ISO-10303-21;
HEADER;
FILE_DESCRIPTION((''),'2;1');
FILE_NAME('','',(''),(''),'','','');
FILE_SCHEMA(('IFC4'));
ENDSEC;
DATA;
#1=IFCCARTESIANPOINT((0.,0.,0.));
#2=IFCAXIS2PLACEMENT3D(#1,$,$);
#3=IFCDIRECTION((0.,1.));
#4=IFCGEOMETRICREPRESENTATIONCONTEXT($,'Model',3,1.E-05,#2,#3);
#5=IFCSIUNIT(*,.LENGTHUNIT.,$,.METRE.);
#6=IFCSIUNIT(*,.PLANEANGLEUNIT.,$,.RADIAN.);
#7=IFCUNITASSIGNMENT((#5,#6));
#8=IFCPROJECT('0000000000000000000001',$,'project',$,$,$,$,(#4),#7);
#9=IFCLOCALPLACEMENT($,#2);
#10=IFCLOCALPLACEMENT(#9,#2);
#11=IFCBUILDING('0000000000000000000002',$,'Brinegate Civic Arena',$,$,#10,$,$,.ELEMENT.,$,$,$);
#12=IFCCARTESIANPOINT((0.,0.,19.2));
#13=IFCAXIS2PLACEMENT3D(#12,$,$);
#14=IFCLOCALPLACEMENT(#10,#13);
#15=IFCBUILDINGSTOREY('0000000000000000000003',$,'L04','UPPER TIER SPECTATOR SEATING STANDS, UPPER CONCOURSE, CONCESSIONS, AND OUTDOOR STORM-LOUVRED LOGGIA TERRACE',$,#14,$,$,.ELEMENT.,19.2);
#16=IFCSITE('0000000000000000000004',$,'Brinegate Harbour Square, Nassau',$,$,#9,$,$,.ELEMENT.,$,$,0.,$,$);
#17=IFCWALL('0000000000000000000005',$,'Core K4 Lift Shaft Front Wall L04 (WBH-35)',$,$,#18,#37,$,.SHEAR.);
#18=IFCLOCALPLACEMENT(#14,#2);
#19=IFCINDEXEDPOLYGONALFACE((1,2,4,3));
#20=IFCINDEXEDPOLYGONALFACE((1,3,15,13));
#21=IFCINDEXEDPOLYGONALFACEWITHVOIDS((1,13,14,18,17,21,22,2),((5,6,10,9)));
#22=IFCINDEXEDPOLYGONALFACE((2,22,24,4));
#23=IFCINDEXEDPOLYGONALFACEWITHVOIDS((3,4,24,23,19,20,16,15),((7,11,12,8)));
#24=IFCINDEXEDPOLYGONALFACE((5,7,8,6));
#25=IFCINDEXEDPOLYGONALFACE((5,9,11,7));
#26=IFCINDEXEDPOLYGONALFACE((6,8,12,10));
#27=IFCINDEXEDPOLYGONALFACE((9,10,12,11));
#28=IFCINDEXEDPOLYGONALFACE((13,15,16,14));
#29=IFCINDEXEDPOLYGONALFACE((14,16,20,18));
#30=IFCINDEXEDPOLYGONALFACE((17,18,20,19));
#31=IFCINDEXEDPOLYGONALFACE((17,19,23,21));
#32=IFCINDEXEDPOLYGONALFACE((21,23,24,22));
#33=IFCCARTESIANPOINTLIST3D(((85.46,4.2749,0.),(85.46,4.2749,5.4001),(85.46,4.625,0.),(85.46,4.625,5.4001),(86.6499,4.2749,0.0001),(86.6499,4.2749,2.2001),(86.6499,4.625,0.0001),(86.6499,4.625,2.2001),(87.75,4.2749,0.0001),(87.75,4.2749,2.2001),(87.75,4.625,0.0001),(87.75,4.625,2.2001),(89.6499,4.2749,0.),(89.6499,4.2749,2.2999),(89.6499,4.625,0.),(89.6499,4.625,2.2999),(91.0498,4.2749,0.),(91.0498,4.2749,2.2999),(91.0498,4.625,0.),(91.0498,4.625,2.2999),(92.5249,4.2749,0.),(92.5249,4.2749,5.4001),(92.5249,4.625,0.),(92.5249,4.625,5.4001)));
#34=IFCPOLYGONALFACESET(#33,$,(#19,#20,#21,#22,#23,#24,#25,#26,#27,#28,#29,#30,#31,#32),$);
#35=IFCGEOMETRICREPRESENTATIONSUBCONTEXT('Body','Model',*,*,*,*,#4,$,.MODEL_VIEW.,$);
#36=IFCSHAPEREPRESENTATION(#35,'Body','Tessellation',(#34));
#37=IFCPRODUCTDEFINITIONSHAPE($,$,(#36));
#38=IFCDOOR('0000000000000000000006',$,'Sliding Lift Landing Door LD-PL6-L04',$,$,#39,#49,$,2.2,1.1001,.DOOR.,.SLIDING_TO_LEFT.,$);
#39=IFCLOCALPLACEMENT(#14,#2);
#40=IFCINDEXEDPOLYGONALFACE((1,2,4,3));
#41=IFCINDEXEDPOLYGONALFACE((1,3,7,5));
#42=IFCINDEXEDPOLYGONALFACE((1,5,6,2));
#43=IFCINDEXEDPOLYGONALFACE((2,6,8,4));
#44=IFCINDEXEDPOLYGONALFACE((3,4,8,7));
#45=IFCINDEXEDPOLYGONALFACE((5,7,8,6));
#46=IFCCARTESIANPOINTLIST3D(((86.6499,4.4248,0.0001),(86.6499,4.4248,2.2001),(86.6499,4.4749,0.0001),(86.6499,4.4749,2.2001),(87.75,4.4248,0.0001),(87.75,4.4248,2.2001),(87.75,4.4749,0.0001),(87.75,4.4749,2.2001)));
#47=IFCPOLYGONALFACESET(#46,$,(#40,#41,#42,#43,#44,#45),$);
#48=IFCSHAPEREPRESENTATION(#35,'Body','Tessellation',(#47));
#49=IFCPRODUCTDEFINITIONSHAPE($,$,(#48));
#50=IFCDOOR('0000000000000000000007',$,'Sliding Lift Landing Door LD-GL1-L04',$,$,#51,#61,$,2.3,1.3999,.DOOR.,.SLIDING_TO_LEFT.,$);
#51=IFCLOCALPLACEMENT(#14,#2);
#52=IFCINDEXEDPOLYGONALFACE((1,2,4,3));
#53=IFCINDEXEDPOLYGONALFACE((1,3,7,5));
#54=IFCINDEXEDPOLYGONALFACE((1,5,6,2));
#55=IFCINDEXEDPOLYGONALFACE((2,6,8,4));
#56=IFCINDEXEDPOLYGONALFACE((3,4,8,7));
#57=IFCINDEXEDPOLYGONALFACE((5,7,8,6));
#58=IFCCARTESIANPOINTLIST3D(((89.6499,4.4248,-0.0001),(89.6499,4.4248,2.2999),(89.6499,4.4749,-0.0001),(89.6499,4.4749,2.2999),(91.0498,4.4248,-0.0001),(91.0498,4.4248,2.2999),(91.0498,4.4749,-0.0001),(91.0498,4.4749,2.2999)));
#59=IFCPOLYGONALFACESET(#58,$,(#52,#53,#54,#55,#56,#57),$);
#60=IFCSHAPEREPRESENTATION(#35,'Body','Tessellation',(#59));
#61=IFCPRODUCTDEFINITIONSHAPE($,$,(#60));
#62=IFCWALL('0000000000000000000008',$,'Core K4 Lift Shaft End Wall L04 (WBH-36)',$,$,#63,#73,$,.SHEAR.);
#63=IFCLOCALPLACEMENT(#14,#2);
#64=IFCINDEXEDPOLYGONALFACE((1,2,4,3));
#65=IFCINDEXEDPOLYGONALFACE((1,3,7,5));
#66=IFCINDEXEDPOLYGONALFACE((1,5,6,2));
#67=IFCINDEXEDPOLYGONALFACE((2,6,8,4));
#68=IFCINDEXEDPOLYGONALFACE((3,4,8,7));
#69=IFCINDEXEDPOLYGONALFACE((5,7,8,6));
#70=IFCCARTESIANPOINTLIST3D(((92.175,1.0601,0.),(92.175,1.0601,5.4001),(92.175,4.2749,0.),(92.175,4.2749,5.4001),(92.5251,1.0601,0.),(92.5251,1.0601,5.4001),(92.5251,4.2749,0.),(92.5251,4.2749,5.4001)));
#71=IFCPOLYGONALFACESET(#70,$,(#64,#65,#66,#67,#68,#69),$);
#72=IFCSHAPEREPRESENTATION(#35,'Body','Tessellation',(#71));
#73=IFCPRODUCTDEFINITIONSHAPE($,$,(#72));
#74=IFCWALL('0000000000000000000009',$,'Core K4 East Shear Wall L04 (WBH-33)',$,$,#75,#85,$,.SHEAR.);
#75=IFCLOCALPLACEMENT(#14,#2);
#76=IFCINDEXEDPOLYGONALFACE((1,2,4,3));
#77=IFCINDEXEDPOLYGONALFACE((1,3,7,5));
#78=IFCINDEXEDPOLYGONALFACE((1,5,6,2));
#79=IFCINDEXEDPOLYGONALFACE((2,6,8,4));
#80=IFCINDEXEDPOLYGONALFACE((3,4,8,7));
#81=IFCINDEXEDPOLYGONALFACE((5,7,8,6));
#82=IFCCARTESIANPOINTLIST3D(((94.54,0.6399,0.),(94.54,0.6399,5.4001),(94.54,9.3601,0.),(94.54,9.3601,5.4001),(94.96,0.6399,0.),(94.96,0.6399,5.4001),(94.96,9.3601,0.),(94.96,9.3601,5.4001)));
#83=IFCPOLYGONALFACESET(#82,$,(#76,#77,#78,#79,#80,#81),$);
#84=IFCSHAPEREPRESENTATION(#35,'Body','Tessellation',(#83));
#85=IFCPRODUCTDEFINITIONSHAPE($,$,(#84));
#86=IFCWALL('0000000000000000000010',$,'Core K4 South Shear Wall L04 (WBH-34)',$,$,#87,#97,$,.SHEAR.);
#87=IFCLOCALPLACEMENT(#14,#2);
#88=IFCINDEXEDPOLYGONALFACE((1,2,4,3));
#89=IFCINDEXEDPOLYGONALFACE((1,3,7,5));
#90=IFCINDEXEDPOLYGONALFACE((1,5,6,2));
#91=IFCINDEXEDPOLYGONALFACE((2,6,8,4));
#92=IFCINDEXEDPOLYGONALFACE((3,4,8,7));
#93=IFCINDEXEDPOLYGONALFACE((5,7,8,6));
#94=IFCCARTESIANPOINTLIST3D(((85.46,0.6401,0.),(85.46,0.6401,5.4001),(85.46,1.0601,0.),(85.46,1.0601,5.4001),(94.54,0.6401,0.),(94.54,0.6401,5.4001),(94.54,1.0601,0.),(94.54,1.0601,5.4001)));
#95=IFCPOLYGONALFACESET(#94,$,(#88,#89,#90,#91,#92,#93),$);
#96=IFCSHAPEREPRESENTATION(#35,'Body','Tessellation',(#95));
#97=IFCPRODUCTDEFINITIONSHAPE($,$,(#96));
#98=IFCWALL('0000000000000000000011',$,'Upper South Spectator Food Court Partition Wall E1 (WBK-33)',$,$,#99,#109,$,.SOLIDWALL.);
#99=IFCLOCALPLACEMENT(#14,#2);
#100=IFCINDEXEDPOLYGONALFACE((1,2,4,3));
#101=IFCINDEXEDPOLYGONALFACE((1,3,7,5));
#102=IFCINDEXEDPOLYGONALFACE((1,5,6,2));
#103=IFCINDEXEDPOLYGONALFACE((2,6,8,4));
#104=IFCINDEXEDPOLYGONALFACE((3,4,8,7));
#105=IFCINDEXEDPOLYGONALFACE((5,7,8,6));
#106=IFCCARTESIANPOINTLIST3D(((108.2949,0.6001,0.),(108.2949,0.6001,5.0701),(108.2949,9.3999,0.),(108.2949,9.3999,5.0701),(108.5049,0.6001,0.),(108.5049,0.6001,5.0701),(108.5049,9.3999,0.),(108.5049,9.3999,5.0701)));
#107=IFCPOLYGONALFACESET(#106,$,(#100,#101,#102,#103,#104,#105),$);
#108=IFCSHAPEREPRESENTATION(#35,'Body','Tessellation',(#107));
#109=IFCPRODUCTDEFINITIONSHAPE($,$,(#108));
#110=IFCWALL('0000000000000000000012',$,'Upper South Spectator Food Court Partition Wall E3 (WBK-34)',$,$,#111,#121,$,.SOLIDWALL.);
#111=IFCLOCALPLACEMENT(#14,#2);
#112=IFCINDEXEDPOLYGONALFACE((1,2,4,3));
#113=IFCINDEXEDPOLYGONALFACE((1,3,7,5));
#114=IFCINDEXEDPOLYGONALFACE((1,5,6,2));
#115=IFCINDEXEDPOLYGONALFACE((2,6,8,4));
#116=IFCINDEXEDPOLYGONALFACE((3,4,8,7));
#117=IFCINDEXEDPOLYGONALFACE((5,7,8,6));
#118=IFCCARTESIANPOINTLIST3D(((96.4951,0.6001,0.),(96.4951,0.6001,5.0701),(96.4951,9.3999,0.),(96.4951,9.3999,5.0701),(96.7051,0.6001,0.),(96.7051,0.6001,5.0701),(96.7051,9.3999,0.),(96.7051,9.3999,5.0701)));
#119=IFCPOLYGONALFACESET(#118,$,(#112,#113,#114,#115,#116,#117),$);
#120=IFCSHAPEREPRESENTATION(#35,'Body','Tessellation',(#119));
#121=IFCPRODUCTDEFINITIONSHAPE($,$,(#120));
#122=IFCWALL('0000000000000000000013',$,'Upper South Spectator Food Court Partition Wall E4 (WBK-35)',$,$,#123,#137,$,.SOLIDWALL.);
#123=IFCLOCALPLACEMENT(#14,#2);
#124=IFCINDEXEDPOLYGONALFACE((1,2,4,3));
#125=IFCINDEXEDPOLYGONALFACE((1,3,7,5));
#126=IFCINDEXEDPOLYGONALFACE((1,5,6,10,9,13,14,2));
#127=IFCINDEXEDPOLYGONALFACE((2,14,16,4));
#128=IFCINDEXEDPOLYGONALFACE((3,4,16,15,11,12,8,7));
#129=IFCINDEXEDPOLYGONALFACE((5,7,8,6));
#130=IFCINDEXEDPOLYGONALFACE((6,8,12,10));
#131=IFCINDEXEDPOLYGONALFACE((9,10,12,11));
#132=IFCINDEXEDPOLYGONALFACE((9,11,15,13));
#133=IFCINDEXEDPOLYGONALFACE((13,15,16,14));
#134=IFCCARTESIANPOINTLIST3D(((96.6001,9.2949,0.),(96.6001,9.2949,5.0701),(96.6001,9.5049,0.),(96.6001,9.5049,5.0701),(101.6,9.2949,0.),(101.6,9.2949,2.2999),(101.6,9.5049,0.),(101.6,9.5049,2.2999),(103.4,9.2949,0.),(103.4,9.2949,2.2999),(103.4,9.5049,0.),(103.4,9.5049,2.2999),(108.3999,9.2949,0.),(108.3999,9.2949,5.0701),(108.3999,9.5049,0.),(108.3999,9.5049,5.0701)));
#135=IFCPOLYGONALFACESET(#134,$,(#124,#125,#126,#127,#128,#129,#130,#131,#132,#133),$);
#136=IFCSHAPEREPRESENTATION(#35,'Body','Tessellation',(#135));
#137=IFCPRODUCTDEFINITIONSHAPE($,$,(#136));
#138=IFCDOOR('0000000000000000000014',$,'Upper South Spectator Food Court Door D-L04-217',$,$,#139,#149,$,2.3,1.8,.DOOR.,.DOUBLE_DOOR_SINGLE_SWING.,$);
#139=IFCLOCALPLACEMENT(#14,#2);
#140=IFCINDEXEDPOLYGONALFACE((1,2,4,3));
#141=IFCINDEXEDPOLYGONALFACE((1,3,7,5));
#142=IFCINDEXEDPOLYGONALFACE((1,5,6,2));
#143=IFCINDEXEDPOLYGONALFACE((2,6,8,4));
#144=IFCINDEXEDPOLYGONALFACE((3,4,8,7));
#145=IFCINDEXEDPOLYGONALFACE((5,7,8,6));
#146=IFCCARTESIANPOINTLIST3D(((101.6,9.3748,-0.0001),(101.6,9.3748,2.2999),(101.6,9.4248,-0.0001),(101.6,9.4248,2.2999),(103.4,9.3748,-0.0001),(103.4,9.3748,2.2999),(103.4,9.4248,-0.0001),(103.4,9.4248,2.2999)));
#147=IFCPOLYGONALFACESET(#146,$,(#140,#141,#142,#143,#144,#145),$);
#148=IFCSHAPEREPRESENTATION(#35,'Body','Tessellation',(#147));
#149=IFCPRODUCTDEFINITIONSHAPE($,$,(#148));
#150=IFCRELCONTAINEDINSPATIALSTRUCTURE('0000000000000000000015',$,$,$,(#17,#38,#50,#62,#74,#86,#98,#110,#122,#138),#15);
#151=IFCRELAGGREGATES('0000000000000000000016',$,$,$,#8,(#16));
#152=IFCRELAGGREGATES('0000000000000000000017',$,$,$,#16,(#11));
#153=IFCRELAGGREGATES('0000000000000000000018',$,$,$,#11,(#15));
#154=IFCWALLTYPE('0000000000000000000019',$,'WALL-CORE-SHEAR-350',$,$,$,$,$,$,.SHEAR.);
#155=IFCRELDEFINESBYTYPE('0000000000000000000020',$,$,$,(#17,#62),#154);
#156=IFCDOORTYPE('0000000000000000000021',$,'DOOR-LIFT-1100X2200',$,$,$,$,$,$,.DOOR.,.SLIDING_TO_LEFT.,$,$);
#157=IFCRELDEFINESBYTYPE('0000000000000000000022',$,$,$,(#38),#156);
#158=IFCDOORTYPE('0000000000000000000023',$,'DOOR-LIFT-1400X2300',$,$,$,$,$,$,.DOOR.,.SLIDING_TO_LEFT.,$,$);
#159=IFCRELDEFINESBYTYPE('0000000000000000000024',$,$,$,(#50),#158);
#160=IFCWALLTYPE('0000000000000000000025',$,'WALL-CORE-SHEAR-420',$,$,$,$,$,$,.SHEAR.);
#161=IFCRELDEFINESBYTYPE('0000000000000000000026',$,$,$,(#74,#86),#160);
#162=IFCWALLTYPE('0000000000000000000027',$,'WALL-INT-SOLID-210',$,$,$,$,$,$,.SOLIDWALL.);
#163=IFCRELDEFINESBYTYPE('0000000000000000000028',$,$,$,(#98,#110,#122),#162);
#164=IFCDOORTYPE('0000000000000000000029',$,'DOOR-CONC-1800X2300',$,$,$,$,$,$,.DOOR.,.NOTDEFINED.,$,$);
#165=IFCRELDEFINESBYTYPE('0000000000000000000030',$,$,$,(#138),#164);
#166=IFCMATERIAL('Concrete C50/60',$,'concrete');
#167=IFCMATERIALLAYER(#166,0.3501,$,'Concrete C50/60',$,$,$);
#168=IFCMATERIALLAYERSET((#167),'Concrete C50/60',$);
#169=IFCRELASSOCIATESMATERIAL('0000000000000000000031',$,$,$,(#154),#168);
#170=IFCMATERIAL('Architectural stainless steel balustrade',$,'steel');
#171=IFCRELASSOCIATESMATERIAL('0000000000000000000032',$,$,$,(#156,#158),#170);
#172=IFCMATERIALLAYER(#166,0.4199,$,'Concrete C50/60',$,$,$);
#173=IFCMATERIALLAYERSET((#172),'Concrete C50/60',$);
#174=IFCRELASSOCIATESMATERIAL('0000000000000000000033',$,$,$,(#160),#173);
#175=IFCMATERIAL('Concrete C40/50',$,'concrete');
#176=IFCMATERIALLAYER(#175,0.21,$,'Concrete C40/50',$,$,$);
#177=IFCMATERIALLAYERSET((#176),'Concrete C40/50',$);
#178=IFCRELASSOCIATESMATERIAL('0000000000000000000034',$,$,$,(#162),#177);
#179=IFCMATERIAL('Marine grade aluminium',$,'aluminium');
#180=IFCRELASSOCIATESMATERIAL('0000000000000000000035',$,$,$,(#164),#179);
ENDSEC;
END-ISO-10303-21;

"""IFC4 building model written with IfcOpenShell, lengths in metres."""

from ifc_helpers import new_model, si_unit, direction, frame, frame_2d, origin, place, context, subcontext, project, spatial, rectangle, extrude, material, layer, layer_set, type_object, element, fill, save


model = new_model("IFC4")

# Units and contexts
model_context = context("Model", 3, precision=1e-05, world=origin(), true_north=direction((0.0, 1.0)))
body_context = subcontext(model_context, "Body", "Model", "MODEL_VIEW")
ifc_project = project(units=[si_unit("LENGTHUNIT", "METRE"), si_unit("PLANEANGLEUNIT", "RADIAN")], contexts=[model_context])

# Site, building, storey
site_placement = place(None, origin())
site = spatial("IfcSite", under=ifc_project, at=site_placement, Name="Brinegate Harbour Square, Nassau", CompositionType="ELEMENT", RefElevation=0.0)
building_placement = place(site_placement, origin())
building = spatial("IfcBuilding", under=site, at=building_placement, Name="Brinegate Civic Arena", CompositionType="ELEMENT")
storey_placement = place(building_placement, frame((0.0, 0.0, 19.2)))
storey = spatial("IfcBuildingStorey", under=building, at=storey_placement, Name="L04", Description="UPPER TIER SPECTATOR SEATING STANDS, UPPER CONCOURSE, CONCESSIONS, AND OUTDOOR STORM-LOUVRED LOGGIA TERRACE", CompositionType="ELEMENT", Elevation=19.2)

# Shared definitions
ifc_material_1 = material(Name="Concrete C50/60", Category="concrete")

# Wall, openings, doors
ifc_layer_1 = layer(ifc_material_1, 0.3501, Name="Concrete C50/60")
ifc_layer_set_1 = layer_set([ifc_layer_1], Name="Concrete C50/60")
wall_type_1 = type_object("IfcWallType", Name="WALL-CORE-SHEAR-350", PredefinedType="SHEAR", material=ifc_layer_set_1)
wall_1_placement = place(storey_placement, frame((85.46, 4.45, 0.0), z_axis=(0.0, 0.0, 1.0), x_axis=(1.0, 0.0, 0.0)))
wall_1 = element("IfcWall", 1, at=wall_1_placement, inside=storey, type_object=wall_type_1, Name="Core K4 Lift Shaft Front Wall L04 (WBH-35)", PredefinedType="SHEAR", context=body_context, shape_type="SweptSolid", body=[
    extrude(rectangle(XDim=7.0649, YDim=0.3501, at=frame_2d((3.5325, 0.0))), origin(), (0.0, 0.0, 1.0), 5.4001),
])
opening_1_placement = place(wall_1_placement, frame((1.1899, 0.0, 0.0)))
opening_1 = element("IfcOpeningElement", 2, at=opening_1_placement, cuts=wall_1, PredefinedType="OPENING", context=body_context, shape_type="SweptSolid", body=[
    extrude(rectangle(XDim=1.1001, YDim=2.2, at=frame_2d((0.55, 1.1001))), frame((0.0, 0.1851, 0.0), z_axis=(0.0, -1.0, 0.0), x_axis=(1.0, 0.0, 0.0)), (0.0, 0.0, 1.0), 0.3701),
])
opening_2_placement = place(wall_1_placement, frame((4.1899, 0.0, 0.0)))
opening_2 = element("IfcOpeningElement", 3, at=opening_2_placement, cuts=wall_1, PredefinedType="OPENING", context=body_context, shape_type="SweptSolid", body=[
    extrude(rectangle(XDim=1.3999, YDim=2.3, at=frame_2d((0.7, 1.1499))), frame((0.0, 0.1851, 0.0), z_axis=(0.0, -1.0, 0.0), x_axis=(1.0, 0.0, 0.0)), (0.0, 0.0, 1.0), 0.3701),
])
ifc_material_2 = material(Name="Architectural stainless steel balustrade", Category="steel")
door_type_1 = type_object("IfcDoorType", Name="DOOR-LIFT-1100X2200", OperationType="SLIDING_TO_LEFT", PredefinedType="DOOR", material=ifc_material_2)
door_1_placement = place(opening_1_placement, origin())
door_1 = element("IfcDoor", 4, at=door_1_placement, inside=storey, type_object=door_type_1, Name="Sliding Lift Landing Door LD-PL6-L04", OperationType="SLIDING_TO_LEFT", OverallHeight=2.2, OverallWidth=1.1001, PredefinedType="DOOR", context=body_context, shape_type="SweptSolid", body=[
    extrude(rectangle(XDim=1.1001, YDim=2.2, at=frame_2d((0.55, 1.1001))), frame((0.0, 0.0249, 0.0), z_axis=(0.0, -1.0, 0.0), x_axis=(1.0, 0.0, 0.0)), (0.0, 0.0, 1.0), 0.05),
])
fill(opening_1, door_1)
door_type_2 = type_object("IfcDoorType", Name="DOOR-LIFT-1400X2300", OperationType="SLIDING_TO_LEFT", PredefinedType="DOOR", material=ifc_material_2)
door_2_placement = place(opening_2_placement, origin())
door_2 = element("IfcDoor", 5, at=door_2_placement, inside=storey, type_object=door_type_2, Name="Sliding Lift Landing Door LD-GL1-L04", OperationType="SLIDING_TO_LEFT", OverallHeight=2.3, OverallWidth=1.3999, PredefinedType="DOOR", context=body_context, shape_type="SweptSolid", body=[
    extrude(rectangle(XDim=1.3999, YDim=2.3, at=frame_2d((0.7, 1.1499))), frame((0.0, 0.0249, 0.0), z_axis=(0.0, -1.0, 0.0), x_axis=(1.0, 0.0, 0.0)), (0.0, 0.0, 1.0), 0.05),
])
fill(opening_2, door_2)

# Walls
wall_2_placement = place(storey_placement, frame((92.3501, 1.0601, 0.0), z_axis=(0.0, 0.0, 1.0), x_axis=(0.0, 1.0, 0.0)))
element("IfcWall", 6, at=wall_2_placement, inside=storey, type_object=wall_type_1, Name="Core K4 Lift Shaft End Wall L04 (WBH-36)", PredefinedType="SHEAR", context=body_context, shape_type="SweptSolid", body=[
    extrude(rectangle(XDim=3.2148, YDim=0.3501, at=frame_2d((1.6074, 0.0))), origin(), (0.0, 0.0, 1.0), 5.4001),
])
ifc_layer_2 = layer(ifc_material_1, 0.4199, Name="Concrete C50/60")
ifc_layer_set_2 = layer_set([ifc_layer_2], Name="Concrete C50/60")
wall_type_2 = type_object("IfcWallType", Name="WALL-CORE-SHEAR-420", PredefinedType="SHEAR", material=ifc_layer_set_2)
wall_3_placement = place(storey_placement, frame((94.75, 0.6399, 0.0), z_axis=(0.0, 0.0, 1.0), x_axis=(0.0, 1.0, 0.0)))
element("IfcWall", 7, at=wall_3_placement, inside=storey, type_object=wall_type_2, Name="Core K4 East Shear Wall L04 (WBH-33)", PredefinedType="SHEAR", context=body_context, shape_type="SweptSolid", body=[
    extrude(rectangle(XDim=8.7202, YDim=0.4199, at=frame_2d((4.3601, 0.0))), origin(), (0.0, 0.0, 1.0), 5.4001),
])
wall_4_placement = place(storey_placement, frame((85.46, 0.8501, 0.0), z_axis=(0.0, 0.0, 1.0), x_axis=(1.0, 0.0, 0.0)))
element("IfcWall", 8, at=wall_4_placement, inside=storey, type_object=wall_type_2, Name="Core K4 South Shear Wall L04 (WBH-34)", PredefinedType="SHEAR", context=body_context, shape_type="SweptSolid", body=[
    extrude(rectangle(XDim=9.0801, YDim=0.4199, at=frame_2d((4.54, 0.0))), origin(), (0.0, 0.0, 1.0), 5.4001),
])
ifc_material_3 = material(Name="Concrete C40/50", Category="concrete")
ifc_layer_3 = layer(ifc_material_3, 0.21, Name="Concrete C40/50")
ifc_layer_set_3 = layer_set([ifc_layer_3], Name="Concrete C40/50")
wall_type_3 = type_object("IfcWallType", Name="WALL-INT-SOLID-210", PredefinedType="SOLIDWALL", material=ifc_layer_set_3)
for number, where, z_axis, x_axis, name in (
    (9, (108.3999, 9.3999, 0.0), (0.0, 0.0, 1.0), (0.0, -1.0, 0.0), "Upper South Spectator Food Court Partition Wall E1 (WBK-33)"),
    (10, (96.6001, 0.6001, 0.0), (0.0, 0.0, 1.0), (0.0, 1.0, 0.0), "Upper South Spectator Food Court Partition Wall E3 (WBK-34)"),
):
    element("IfcWall", number, at=place(storey_placement, frame(where, z_axis=z_axis, x_axis=x_axis)), inside=storey, type_object=wall_type_3, Name=name, PredefinedType="SOLIDWALL", context=body_context, shape_type="SweptSolid", body=[
        extrude(rectangle(XDim=8.7998, YDim=0.21, at=frame_2d((4.3999, 0.0))), origin(), (0.0, 0.0, 1.0), 5.0701),
    ])

# Wall, opening, door
wall_5_placement = place(storey_placement, frame((96.6001, 9.3999, 0.0), z_axis=(0.0, 0.0, 1.0), x_axis=(1.0, 0.0, 0.0)))
wall_5 = element("IfcWall", 11, at=wall_5_placement, inside=storey, type_object=wall_type_3, Name="Upper South Spectator Food Court Partition Wall E4 (WBK-35)", PredefinedType="SOLIDWALL", context=body_context, shape_type="SweptSolid", body=[
    extrude(rectangle(XDim=11.7998, YDim=0.21, at=frame_2d((5.8999, 0.0))), origin(), (0.0, 0.0, 1.0), 5.0701),
])
opening_3_placement = place(wall_5_placement, frame((5.0, 0.0, 0.0)))
opening_3 = element("IfcOpeningElement", 12, at=opening_3_placement, cuts=wall_5, PredefinedType="OPENING", context=body_context, shape_type="SweptSolid", body=[
    extrude(rectangle(XDim=1.8, YDim=2.3, at=frame_2d((0.8999, 1.1499))), frame((0.0, 0.115, 0.0), z_axis=(0.0, -1.0, 0.0), x_axis=(1.0, 0.0, 0.0)), (0.0, 0.0, 1.0), 0.23),
])
ifc_material_4 = material(Name="Marine grade aluminium", Category="aluminium")
door_type_3 = type_object("IfcDoorType", Name="DOOR-CONC-1800X2300", OperationType="NOTDEFINED", PredefinedType="DOOR", material=ifc_material_4)
door_3_placement = place(opening_3_placement, origin())
door_3 = element("IfcDoor", 13, at=door_3_placement, inside=storey, type_object=door_type_3, Name="Upper South Spectator Food Court Door D-L04-217", OperationType="DOUBLE_DOOR_SINGLE_SWING", OverallHeight=2.3, OverallWidth=1.8, PredefinedType="DOOR", context=body_context, shape_type="SweptSolid", body=[
    extrude(rectangle(XDim=1.8, YDim=2.3, at=frame_2d((0.8999, 1.1499))), frame((0.0, 0.0249, 0.0), z_axis=(0.0, -1.0, 0.0), x_axis=(1.0, 0.0, 0.0)), (0.0, 0.0, 1.0), 0.05),
])
fill(opening_3, door_3)

save(model, "model.ifc")
